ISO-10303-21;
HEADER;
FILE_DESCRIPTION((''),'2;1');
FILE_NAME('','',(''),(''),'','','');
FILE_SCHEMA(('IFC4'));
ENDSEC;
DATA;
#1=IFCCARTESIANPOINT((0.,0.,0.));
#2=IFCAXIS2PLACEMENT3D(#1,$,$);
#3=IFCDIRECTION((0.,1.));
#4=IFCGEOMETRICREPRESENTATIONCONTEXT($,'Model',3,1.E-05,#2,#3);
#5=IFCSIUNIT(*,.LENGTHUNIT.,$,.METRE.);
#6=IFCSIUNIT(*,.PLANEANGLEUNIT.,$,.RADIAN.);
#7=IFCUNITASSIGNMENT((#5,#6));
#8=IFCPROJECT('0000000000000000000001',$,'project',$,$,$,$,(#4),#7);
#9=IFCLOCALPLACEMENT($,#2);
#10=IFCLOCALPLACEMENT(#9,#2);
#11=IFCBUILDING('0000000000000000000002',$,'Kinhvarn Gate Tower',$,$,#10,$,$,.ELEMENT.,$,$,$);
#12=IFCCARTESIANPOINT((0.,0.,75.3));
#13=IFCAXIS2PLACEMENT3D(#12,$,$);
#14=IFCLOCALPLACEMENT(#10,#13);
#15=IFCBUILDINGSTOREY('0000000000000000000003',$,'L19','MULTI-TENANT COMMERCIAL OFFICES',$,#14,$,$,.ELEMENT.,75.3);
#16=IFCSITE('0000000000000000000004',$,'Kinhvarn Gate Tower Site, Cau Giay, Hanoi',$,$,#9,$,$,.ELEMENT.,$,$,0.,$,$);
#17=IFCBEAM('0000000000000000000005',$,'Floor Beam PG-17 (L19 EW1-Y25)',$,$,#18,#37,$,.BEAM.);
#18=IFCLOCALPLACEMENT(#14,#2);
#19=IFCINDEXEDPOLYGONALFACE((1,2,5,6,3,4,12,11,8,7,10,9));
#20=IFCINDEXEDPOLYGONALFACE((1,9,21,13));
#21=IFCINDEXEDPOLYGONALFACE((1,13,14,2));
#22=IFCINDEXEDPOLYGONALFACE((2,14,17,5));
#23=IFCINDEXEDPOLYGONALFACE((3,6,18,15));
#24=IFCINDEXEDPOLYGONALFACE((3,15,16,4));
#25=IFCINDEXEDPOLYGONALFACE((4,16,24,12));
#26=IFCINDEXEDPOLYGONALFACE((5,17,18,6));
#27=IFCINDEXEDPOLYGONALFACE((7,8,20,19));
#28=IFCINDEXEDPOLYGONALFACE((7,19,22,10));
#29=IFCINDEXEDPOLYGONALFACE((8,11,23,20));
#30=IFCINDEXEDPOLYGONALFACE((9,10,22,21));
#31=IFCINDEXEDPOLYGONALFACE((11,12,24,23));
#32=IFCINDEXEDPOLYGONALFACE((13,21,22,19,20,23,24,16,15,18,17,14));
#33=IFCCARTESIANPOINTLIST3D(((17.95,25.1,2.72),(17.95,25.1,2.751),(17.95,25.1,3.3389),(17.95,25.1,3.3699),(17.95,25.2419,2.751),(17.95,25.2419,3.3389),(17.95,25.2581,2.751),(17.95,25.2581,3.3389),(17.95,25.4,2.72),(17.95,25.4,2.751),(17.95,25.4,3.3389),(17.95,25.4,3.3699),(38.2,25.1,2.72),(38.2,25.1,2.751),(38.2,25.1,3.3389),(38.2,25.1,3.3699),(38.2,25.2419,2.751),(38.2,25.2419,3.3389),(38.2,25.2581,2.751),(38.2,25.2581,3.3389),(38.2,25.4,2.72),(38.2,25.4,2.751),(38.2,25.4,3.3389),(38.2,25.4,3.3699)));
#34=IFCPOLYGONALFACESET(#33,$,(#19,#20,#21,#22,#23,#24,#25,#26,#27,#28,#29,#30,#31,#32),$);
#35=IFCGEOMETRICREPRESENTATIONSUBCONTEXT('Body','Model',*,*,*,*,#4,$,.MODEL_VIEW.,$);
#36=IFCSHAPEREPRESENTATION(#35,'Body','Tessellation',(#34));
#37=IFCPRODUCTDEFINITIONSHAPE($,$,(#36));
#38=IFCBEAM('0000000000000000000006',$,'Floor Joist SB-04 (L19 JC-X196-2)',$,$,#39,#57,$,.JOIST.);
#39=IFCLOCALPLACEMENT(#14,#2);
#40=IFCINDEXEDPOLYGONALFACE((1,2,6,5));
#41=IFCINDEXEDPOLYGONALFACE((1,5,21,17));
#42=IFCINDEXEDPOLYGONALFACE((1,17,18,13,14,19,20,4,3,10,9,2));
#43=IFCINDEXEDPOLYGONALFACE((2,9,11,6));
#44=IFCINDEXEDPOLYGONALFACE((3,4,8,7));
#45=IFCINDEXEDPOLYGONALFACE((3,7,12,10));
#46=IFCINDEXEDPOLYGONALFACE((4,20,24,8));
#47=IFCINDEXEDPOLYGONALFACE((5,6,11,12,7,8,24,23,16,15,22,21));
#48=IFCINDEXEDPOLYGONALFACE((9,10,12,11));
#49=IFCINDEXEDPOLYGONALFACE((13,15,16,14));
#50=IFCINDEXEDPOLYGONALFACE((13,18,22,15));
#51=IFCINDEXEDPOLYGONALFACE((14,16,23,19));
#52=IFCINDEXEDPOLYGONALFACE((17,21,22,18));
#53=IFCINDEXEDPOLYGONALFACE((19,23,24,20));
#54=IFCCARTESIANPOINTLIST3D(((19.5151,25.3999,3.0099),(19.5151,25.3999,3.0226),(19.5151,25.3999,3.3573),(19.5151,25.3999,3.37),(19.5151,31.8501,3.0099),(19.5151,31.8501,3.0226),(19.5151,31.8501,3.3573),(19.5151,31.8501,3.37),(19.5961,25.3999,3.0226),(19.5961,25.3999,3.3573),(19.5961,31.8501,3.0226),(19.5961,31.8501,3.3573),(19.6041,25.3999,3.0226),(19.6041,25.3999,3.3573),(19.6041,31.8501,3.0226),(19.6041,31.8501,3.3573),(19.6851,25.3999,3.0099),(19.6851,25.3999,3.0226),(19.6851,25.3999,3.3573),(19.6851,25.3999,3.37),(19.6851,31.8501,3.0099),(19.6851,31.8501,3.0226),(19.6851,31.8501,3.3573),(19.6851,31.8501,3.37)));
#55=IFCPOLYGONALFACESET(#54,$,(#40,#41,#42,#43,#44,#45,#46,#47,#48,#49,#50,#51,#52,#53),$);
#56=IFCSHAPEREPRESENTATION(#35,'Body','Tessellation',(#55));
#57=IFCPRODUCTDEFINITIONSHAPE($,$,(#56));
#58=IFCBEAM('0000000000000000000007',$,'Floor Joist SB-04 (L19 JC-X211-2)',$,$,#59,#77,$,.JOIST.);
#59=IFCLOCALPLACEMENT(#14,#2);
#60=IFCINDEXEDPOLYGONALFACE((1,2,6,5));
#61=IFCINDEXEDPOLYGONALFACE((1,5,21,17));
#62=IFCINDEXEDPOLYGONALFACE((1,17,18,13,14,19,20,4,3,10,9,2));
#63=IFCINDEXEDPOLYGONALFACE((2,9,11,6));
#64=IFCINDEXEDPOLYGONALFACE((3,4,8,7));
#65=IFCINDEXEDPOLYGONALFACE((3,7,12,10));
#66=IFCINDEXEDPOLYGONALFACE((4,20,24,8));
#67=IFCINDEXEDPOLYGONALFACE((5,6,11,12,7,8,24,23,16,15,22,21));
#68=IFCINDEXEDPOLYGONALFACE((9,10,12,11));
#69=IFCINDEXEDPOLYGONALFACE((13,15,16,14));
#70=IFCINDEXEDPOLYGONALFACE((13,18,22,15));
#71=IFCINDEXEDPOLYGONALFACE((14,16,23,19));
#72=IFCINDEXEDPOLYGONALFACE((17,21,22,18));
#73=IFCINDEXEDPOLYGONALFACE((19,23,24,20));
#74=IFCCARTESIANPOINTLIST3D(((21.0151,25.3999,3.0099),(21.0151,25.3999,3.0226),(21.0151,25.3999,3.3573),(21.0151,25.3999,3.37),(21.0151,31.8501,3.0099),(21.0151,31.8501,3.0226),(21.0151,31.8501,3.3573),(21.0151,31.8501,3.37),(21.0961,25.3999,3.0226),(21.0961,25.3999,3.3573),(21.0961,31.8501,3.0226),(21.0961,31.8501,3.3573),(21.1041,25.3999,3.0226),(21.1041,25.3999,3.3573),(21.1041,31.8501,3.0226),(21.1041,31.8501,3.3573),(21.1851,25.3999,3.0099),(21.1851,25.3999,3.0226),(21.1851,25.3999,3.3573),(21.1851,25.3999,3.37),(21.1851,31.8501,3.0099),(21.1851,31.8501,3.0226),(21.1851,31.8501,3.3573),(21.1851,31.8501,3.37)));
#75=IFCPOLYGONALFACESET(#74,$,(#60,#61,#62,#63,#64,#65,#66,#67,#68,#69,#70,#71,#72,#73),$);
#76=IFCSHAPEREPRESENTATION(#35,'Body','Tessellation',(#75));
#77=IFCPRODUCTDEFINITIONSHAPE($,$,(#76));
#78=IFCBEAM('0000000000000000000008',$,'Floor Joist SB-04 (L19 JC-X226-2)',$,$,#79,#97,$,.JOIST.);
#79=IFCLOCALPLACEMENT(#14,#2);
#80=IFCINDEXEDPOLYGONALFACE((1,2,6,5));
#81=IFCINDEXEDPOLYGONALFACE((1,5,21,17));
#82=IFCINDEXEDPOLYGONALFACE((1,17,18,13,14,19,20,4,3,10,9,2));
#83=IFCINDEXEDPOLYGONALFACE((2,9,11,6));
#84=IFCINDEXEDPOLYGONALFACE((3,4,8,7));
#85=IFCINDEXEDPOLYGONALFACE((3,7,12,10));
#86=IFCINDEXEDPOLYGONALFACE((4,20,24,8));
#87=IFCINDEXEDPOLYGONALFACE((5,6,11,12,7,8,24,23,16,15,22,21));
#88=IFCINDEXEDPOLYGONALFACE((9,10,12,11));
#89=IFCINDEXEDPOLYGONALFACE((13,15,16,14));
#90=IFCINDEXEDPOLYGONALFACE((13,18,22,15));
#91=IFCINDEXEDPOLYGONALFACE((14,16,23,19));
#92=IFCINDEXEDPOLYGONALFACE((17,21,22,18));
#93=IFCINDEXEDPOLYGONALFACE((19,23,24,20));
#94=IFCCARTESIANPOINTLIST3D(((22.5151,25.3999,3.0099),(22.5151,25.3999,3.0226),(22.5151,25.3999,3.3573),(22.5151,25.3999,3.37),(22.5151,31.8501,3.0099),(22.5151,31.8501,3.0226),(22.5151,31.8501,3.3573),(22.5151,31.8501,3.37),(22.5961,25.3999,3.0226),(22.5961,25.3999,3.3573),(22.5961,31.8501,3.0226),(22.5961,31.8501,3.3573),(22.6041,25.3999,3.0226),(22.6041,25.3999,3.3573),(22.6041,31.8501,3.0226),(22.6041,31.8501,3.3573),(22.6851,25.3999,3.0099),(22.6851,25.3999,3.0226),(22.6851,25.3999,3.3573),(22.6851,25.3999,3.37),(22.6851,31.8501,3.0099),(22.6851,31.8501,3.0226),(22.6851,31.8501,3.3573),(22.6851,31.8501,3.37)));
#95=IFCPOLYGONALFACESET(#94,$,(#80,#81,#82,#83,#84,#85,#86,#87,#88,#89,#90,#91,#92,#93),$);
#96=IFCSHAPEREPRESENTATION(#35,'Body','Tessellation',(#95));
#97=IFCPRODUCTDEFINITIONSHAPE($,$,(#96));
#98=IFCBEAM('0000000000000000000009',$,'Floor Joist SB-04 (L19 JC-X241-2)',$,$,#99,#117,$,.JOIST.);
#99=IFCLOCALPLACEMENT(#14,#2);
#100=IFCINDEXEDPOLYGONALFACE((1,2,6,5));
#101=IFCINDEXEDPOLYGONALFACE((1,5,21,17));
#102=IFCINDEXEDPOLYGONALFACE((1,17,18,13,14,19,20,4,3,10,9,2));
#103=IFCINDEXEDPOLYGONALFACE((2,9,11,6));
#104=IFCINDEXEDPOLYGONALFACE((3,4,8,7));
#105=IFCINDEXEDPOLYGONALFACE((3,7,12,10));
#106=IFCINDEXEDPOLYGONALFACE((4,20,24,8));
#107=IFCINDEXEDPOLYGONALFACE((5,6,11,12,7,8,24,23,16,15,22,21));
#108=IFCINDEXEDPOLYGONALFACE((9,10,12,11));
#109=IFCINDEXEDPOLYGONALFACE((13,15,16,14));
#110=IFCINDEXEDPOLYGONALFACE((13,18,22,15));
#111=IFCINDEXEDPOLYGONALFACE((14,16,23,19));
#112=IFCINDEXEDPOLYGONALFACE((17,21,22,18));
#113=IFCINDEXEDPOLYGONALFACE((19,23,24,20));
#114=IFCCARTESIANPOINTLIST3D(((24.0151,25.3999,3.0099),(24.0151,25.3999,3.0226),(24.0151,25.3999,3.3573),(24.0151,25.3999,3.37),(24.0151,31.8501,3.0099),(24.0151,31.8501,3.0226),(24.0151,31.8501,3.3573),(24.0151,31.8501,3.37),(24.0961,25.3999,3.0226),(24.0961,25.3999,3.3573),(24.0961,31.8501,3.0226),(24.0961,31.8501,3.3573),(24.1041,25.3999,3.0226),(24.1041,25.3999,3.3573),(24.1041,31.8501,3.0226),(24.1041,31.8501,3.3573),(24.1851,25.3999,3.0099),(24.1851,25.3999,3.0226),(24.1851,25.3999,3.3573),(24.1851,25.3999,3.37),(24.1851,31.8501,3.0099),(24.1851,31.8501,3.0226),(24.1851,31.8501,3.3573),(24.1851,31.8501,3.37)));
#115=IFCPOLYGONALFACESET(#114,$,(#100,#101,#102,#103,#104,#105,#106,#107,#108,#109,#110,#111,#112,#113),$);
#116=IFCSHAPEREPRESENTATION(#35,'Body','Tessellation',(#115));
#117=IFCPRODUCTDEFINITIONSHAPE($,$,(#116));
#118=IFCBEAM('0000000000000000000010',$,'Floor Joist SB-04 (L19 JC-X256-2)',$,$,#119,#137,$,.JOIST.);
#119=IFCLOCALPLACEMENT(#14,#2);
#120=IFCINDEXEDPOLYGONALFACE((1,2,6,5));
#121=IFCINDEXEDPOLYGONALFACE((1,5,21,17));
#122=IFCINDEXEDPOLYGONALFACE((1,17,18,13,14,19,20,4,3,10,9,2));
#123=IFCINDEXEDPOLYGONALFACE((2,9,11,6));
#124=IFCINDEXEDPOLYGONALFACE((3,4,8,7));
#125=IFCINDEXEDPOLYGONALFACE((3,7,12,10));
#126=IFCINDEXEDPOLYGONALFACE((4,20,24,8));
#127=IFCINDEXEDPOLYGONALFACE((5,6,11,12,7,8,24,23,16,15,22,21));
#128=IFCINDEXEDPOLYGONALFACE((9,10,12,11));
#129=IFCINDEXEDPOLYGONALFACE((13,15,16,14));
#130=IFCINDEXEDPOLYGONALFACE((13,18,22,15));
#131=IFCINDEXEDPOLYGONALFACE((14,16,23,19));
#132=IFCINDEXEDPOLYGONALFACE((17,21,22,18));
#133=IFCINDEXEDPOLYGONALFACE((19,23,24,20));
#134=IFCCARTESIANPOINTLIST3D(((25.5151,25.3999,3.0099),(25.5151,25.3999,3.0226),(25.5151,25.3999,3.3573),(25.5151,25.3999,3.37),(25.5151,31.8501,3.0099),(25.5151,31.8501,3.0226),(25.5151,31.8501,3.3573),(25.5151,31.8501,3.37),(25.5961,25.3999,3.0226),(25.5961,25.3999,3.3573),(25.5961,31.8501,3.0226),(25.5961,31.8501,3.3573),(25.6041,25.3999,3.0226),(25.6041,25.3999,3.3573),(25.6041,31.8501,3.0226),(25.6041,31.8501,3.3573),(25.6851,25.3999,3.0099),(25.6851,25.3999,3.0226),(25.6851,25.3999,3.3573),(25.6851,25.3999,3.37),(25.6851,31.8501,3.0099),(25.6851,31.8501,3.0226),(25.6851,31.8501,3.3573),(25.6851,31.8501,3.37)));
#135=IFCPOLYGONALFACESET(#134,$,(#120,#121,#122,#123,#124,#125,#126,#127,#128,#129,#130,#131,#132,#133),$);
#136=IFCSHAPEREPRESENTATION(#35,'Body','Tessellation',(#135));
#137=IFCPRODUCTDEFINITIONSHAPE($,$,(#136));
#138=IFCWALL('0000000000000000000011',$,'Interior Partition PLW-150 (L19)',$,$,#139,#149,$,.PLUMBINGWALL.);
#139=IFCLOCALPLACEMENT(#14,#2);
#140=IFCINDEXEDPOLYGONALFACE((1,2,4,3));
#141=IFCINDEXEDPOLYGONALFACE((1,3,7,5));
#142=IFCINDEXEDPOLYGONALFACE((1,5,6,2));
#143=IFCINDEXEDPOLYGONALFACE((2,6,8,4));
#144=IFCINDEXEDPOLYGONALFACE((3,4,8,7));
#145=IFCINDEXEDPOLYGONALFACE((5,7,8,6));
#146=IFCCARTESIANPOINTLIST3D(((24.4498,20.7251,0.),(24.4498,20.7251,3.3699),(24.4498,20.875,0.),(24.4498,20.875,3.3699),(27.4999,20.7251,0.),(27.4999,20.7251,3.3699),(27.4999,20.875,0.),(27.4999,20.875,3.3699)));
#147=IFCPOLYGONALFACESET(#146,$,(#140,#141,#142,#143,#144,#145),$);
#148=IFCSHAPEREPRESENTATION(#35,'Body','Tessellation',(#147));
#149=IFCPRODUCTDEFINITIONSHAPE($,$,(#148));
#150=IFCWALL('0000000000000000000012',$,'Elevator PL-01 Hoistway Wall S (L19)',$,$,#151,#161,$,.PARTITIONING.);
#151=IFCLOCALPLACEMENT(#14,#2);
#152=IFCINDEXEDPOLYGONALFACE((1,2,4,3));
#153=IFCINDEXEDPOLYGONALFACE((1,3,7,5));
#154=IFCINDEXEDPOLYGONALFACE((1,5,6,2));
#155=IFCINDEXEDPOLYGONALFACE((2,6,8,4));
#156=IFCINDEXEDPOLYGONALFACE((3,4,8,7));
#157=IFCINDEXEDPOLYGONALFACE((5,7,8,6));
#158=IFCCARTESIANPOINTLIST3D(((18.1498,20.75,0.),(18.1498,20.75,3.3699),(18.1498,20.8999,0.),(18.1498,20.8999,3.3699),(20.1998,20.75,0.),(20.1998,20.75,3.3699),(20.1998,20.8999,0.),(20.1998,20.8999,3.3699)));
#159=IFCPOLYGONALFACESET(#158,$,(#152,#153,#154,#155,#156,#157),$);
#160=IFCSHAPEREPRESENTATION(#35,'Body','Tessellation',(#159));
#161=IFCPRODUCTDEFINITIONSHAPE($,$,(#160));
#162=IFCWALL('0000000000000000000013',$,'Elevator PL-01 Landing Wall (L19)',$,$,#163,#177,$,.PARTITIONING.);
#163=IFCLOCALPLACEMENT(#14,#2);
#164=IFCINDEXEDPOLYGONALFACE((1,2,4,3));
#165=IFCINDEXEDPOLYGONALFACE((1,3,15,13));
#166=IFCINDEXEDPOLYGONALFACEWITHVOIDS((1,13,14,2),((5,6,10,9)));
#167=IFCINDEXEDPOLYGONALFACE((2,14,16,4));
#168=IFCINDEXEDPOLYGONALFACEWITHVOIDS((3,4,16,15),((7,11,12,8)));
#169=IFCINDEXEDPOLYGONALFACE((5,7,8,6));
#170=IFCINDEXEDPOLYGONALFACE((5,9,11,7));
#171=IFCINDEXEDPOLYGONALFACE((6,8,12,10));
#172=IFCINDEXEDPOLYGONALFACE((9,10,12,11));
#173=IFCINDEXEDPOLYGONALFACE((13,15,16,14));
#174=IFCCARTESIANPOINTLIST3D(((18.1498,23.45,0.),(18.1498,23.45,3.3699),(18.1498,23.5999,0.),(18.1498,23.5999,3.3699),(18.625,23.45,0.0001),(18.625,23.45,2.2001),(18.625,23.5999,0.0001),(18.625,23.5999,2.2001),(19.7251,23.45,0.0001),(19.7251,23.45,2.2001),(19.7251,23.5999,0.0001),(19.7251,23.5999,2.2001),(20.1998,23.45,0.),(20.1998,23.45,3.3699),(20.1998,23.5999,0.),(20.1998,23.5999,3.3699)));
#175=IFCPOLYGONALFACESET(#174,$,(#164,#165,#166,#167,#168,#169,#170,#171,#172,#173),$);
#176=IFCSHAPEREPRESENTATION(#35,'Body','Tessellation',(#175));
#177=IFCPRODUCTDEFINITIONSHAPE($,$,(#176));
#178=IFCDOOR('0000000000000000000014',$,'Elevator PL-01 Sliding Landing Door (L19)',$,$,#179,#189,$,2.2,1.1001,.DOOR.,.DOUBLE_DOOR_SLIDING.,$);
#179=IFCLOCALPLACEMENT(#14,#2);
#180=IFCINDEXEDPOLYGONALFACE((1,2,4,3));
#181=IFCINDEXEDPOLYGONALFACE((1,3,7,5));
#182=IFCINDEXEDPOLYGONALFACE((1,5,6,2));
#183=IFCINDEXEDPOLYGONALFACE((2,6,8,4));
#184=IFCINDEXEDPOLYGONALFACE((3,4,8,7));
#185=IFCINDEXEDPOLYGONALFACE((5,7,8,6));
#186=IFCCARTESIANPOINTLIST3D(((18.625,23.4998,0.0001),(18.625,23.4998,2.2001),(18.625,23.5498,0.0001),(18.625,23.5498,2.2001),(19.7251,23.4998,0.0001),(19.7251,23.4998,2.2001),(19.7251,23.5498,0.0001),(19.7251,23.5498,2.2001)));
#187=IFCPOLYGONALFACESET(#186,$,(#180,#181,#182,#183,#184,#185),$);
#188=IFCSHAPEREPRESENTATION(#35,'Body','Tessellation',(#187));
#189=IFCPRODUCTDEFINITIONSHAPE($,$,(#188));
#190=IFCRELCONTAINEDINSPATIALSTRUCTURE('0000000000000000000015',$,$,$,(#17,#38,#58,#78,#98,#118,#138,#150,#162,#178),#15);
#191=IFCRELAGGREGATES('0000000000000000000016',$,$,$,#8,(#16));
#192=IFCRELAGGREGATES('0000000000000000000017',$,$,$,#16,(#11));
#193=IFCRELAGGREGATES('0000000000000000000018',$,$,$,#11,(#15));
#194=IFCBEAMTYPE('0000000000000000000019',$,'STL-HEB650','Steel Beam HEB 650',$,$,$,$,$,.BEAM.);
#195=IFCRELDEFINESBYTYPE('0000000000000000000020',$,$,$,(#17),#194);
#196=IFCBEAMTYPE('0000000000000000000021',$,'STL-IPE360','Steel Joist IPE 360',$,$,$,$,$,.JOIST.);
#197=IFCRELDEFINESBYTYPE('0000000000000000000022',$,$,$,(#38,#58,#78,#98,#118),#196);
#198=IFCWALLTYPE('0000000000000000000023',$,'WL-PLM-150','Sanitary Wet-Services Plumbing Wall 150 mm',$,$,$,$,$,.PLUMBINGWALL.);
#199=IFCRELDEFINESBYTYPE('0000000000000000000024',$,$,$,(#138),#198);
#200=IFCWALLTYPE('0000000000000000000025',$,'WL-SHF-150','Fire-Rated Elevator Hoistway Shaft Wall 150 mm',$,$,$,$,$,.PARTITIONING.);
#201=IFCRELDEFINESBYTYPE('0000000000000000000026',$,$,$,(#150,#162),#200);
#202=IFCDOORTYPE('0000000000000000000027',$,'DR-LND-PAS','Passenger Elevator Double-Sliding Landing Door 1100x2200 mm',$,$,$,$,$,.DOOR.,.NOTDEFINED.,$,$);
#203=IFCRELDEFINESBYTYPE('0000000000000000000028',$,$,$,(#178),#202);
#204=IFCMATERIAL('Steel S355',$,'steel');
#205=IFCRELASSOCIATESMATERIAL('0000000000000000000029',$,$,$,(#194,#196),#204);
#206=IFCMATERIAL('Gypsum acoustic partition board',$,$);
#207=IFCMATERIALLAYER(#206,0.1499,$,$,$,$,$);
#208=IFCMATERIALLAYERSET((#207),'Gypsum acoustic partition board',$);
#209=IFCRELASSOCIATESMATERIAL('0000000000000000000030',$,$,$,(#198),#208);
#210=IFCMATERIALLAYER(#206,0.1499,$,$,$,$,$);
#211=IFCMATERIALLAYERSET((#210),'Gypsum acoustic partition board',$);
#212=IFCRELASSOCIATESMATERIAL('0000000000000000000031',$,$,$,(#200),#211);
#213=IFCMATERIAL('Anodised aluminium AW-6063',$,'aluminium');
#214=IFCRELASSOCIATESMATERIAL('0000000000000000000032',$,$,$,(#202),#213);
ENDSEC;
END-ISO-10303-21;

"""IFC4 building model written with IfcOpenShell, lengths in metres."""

from ifc_helpers import new_model, si_unit, direction, frame, frame_2d, origin, origin_2d, place, context, subcontext, project, spatial, rectangle, i_section, extrude, material, layer, layer_set, material_profile, profile_set, type_object, element, fill, save


model = new_model("IFC4")

# Units and contexts
model_context = context("Model", 3, precision=1e-05, world=origin(), true_north=direction((0.0, 1.0)))
body_context = subcontext(model_context, "Body", "Model", "MODEL_VIEW")
ifc_project = project(units=[si_unit("LENGTHUNIT", "METRE"), si_unit("PLANEANGLEUNIT", "RADIAN")], contexts=[model_context])

# Site, building, storey
site_placement = place(None, origin())
site = spatial("IfcSite", under=ifc_project, at=site_placement, Name="Kinhvarn Gate Tower Site, Cau Giay, Hanoi", CompositionType="ELEMENT", RefElevation=0.0)
building_placement = place(site_placement, origin())
building = spatial("IfcBuilding", under=site, at=building_placement, Name="Kinhvarn Gate Tower", CompositionType="ELEMENT")
storey_placement = place(building_placement, frame((0.0, 0.0, 75.3)))
storey = spatial("IfcBuildingStorey", under=building, at=storey_placement, Name="L19", Description="MULTI-TENANT COMMERCIAL OFFICES", CompositionType="ELEMENT", Elevation=75.3)

# Beams
ifc_material_1 = material(Name="Steel S355", Category="steel")
ifc_material_profile_1 = material_profile(ifc_material_1, i_section(OverallWidth=0.3, OverallDepth=0.6499, WebThickness=0.0161, FlangeThickness=0.031, at=origin_2d()), Name="HEB 650")
ifc_profile_set_1 = profile_set([ifc_material_profile_1], Name="Steel S355")
beam_type_1 = type_object("IfcBeamType", Name="STL-HEB650", Description="Steel Beam HEB 650", PredefinedType="BEAM", material=ifc_profile_set_1)
beam_placement = place(storey_placement, frame((17.95, 25.25, 3.0449), z_axis=(1.0, 0.0, 0.0), x_axis=(0.0, 1.0, 0.0)))
element("IfcBeam", 1, at=beam_placement, inside=storey, type_object=beam_type_1, Name="Floor Beam PG-17 (L19 EW1-Y25)", PredefinedType="BEAM", context=body_context, shape_type="SweptSolid", body=[
    extrude(i_section(OverallWidth=0.3, OverallDepth=0.6499, WebThickness=0.0161, FlangeThickness=0.031, at=origin_2d()), origin(), (0.0, 0.0, 1.0), 20.25),
])
ifc_material_profile_2 = material_profile(ifc_material_1, i_section(OverallWidth=0.1699, OverallDepth=0.3601, WebThickness=0.0081, FlangeThickness=0.0127, at=origin_2d()), Name="IPE 360")
ifc_profile_set_2 = profile_set([ifc_material_profile_2], Name="Steel S355")
beam_type_2 = type_object("IfcBeamType", Name="STL-IPE360", Description="Steel Joist IPE 360", PredefinedType="JOIST", material=ifc_profile_set_2)
for number, where, z_axis, x_axis, name in (
    (2, (19.6001, 25.3999, 3.1899), (0.0, 1.0, 0.0), (-1.0, 0.0, 0.0), "Floor Joist SB-04 (L19 JC-X196-2)"),
    (3, (21.1001, 25.3999, 3.1899), (0.0, 1.0, 0.0), (-1.0, 0.0, 0.0), "Floor Joist SB-04 (L19 JC-X211-2)"),
    (4, (22.6001, 25.3999, 3.1899), (0.0, 1.0, 0.0), (-1.0, 0.0, 0.0), "Floor Joist SB-04 (L19 JC-X226-2)"),
    (5, (24.1001, 25.3999, 3.1899), (0.0, 1.0, 0.0), (-1.0, 0.0, 0.0), "Floor Joist SB-04 (L19 JC-X241-2)"),
    (6, (25.6001, 25.3999, 3.1899), (0.0, 1.0, 0.0), (-1.0, 0.0, 0.0), "Floor Joist SB-04 (L19 JC-X256-2)"),
):
    element("IfcBeam", number, at=place(storey_placement, frame(where, z_axis=z_axis, x_axis=x_axis)), inside=storey, type_object=beam_type_2, Name=name, PredefinedType="JOIST", context=body_context, shape_type="SweptSolid", body=[
        extrude(i_section(OverallWidth=0.1699, OverallDepth=0.3601, WebThickness=0.0081, FlangeThickness=0.0127, at=origin_2d()), origin(), (0.0, 0.0, 1.0), 6.4502),
    ])

# Walls
ifc_material_2 = material(Name="Gypsum acoustic partition board")
ifc_layer_1 = layer(ifc_material_2, 0.1499)
ifc_layer_set_1 = layer_set([ifc_layer_1], Name="Gypsum acoustic partition board")
wall_type_1 = type_object("IfcWallType", Name="WL-PLM-150", Description="Sanitary Wet-Services Plumbing Wall 150 mm", PredefinedType="PLUMBINGWALL", material=ifc_layer_set_1)
wall_1_placement = place(storey_placement, frame((24.45, 20.8, 0.0), z_axis=(0.0, 0.0, 1.0), x_axis=(1.0, 0.0, 0.0)))
element("IfcWall", 7, at=wall_1_placement, inside=storey, type_object=wall_type_1, Name="Interior Partition PLW-150 (L19)", PredefinedType="PLUMBINGWALL", context=body_context, shape_type="SweptSolid", body=[
    extrude(rectangle(XDim=3.05, YDim=0.1499, at=frame_2d((1.5249, 0.0))), origin(), (0.0, 0.0, 1.0), 3.3699),
])
ifc_layer_2 = layer(ifc_material_2, 0.1499)
ifc_layer_set_2 = layer_set([ifc_layer_2], Name="Gypsum acoustic partition board")
wall_type_2 = type_object("IfcWallType", Name="WL-SHF-150", Description="Fire-Rated Elevator Hoistway Shaft Wall 150 mm", PredefinedType="PARTITIONING", material=ifc_layer_set_2)
wall_2_placement = place(storey_placement, frame((18.1499, 20.825, 0.0), z_axis=(0.0, 0.0, 1.0), x_axis=(1.0, 0.0, 0.0)))
element("IfcWall", 8, at=wall_2_placement, inside=storey, type_object=wall_type_2, Name="Elevator PL-01 Hoistway Wall S (L19)", PredefinedType="PARTITIONING", context=body_context, shape_type="SweptSolid", body=[
    extrude(rectangle(XDim=2.05, YDim=0.1499, at=frame_2d((1.0249, 0.0))), origin(), (0.0, 0.0, 1.0), 3.3699),
])

# Wall, opening, door
wall_3_placement = place(storey_placement, frame((18.1499, 23.5249, 0.0), z_axis=(0.0, 0.0, 1.0), x_axis=(1.0, 0.0, 0.0)))
wall_3 = element("IfcWall", 9, at=wall_3_placement, inside=storey, type_object=wall_type_2, Name="Elevator PL-01 Landing Wall (L19)", PredefinedType="PARTITIONING", context=body_context, shape_type="SweptSolid", body=[
    extrude(rectangle(XDim=2.05, YDim=0.1499, at=frame_2d((1.0249, 0.0))), origin(), (0.0, 0.0, 1.0), 3.3699),
])
opening_1_placement = place(wall_3_placement, frame((0.4751, 0.0, 0.0)))
opening_1 = element("IfcOpeningElement", 10, at=opening_1_placement, cuts=wall_3, PredefinedType="OPENING", context=body_context, shape_type="SweptSolid", body=[
    extrude(rectangle(XDim=1.1001, YDim=2.2, at=frame_2d((0.55, 1.1001))), frame((0.0, 0.085, 0.0), z_axis=(0.0, -1.0, 0.0), x_axis=(1.0, 0.0, 0.0)), (0.0, 0.0, 1.0), 0.1699),
])
ifc_material_3 = material(Name="Anodised aluminium AW-6063", Category="aluminium")
door_type = type_object("IfcDoorType", Name="DR-LND-PAS", Description="Passenger Elevator Double-Sliding Landing Door 1100x2200 mm", OperationType="NOTDEFINED", PredefinedType="DOOR", material=ifc_material_3)
door_1_placement = place(opening_1_placement, origin())
door_1 = element("IfcDoor", 11, at=door_1_placement, inside=storey, type_object=door_type, Name="Elevator PL-01 Sliding Landing Door (L19)", OperationType="DOUBLE_DOOR_SLIDING", OverallHeight=2.2, OverallWidth=1.1001, PredefinedType="DOOR", context=body_context, shape_type="SweptSolid", body=[
    extrude(rectangle(XDim=1.1001, YDim=2.2, at=frame_2d((0.55, 1.1001))), frame((0.0, 0.0249, 0.0), z_axis=(0.0, -1.0, 0.0), x_axis=(1.0, 0.0, 0.0)), (0.0, 0.0, 1.0), 0.05),
])
fill(opening_1, door_1)

save(model, "model.ifc")
